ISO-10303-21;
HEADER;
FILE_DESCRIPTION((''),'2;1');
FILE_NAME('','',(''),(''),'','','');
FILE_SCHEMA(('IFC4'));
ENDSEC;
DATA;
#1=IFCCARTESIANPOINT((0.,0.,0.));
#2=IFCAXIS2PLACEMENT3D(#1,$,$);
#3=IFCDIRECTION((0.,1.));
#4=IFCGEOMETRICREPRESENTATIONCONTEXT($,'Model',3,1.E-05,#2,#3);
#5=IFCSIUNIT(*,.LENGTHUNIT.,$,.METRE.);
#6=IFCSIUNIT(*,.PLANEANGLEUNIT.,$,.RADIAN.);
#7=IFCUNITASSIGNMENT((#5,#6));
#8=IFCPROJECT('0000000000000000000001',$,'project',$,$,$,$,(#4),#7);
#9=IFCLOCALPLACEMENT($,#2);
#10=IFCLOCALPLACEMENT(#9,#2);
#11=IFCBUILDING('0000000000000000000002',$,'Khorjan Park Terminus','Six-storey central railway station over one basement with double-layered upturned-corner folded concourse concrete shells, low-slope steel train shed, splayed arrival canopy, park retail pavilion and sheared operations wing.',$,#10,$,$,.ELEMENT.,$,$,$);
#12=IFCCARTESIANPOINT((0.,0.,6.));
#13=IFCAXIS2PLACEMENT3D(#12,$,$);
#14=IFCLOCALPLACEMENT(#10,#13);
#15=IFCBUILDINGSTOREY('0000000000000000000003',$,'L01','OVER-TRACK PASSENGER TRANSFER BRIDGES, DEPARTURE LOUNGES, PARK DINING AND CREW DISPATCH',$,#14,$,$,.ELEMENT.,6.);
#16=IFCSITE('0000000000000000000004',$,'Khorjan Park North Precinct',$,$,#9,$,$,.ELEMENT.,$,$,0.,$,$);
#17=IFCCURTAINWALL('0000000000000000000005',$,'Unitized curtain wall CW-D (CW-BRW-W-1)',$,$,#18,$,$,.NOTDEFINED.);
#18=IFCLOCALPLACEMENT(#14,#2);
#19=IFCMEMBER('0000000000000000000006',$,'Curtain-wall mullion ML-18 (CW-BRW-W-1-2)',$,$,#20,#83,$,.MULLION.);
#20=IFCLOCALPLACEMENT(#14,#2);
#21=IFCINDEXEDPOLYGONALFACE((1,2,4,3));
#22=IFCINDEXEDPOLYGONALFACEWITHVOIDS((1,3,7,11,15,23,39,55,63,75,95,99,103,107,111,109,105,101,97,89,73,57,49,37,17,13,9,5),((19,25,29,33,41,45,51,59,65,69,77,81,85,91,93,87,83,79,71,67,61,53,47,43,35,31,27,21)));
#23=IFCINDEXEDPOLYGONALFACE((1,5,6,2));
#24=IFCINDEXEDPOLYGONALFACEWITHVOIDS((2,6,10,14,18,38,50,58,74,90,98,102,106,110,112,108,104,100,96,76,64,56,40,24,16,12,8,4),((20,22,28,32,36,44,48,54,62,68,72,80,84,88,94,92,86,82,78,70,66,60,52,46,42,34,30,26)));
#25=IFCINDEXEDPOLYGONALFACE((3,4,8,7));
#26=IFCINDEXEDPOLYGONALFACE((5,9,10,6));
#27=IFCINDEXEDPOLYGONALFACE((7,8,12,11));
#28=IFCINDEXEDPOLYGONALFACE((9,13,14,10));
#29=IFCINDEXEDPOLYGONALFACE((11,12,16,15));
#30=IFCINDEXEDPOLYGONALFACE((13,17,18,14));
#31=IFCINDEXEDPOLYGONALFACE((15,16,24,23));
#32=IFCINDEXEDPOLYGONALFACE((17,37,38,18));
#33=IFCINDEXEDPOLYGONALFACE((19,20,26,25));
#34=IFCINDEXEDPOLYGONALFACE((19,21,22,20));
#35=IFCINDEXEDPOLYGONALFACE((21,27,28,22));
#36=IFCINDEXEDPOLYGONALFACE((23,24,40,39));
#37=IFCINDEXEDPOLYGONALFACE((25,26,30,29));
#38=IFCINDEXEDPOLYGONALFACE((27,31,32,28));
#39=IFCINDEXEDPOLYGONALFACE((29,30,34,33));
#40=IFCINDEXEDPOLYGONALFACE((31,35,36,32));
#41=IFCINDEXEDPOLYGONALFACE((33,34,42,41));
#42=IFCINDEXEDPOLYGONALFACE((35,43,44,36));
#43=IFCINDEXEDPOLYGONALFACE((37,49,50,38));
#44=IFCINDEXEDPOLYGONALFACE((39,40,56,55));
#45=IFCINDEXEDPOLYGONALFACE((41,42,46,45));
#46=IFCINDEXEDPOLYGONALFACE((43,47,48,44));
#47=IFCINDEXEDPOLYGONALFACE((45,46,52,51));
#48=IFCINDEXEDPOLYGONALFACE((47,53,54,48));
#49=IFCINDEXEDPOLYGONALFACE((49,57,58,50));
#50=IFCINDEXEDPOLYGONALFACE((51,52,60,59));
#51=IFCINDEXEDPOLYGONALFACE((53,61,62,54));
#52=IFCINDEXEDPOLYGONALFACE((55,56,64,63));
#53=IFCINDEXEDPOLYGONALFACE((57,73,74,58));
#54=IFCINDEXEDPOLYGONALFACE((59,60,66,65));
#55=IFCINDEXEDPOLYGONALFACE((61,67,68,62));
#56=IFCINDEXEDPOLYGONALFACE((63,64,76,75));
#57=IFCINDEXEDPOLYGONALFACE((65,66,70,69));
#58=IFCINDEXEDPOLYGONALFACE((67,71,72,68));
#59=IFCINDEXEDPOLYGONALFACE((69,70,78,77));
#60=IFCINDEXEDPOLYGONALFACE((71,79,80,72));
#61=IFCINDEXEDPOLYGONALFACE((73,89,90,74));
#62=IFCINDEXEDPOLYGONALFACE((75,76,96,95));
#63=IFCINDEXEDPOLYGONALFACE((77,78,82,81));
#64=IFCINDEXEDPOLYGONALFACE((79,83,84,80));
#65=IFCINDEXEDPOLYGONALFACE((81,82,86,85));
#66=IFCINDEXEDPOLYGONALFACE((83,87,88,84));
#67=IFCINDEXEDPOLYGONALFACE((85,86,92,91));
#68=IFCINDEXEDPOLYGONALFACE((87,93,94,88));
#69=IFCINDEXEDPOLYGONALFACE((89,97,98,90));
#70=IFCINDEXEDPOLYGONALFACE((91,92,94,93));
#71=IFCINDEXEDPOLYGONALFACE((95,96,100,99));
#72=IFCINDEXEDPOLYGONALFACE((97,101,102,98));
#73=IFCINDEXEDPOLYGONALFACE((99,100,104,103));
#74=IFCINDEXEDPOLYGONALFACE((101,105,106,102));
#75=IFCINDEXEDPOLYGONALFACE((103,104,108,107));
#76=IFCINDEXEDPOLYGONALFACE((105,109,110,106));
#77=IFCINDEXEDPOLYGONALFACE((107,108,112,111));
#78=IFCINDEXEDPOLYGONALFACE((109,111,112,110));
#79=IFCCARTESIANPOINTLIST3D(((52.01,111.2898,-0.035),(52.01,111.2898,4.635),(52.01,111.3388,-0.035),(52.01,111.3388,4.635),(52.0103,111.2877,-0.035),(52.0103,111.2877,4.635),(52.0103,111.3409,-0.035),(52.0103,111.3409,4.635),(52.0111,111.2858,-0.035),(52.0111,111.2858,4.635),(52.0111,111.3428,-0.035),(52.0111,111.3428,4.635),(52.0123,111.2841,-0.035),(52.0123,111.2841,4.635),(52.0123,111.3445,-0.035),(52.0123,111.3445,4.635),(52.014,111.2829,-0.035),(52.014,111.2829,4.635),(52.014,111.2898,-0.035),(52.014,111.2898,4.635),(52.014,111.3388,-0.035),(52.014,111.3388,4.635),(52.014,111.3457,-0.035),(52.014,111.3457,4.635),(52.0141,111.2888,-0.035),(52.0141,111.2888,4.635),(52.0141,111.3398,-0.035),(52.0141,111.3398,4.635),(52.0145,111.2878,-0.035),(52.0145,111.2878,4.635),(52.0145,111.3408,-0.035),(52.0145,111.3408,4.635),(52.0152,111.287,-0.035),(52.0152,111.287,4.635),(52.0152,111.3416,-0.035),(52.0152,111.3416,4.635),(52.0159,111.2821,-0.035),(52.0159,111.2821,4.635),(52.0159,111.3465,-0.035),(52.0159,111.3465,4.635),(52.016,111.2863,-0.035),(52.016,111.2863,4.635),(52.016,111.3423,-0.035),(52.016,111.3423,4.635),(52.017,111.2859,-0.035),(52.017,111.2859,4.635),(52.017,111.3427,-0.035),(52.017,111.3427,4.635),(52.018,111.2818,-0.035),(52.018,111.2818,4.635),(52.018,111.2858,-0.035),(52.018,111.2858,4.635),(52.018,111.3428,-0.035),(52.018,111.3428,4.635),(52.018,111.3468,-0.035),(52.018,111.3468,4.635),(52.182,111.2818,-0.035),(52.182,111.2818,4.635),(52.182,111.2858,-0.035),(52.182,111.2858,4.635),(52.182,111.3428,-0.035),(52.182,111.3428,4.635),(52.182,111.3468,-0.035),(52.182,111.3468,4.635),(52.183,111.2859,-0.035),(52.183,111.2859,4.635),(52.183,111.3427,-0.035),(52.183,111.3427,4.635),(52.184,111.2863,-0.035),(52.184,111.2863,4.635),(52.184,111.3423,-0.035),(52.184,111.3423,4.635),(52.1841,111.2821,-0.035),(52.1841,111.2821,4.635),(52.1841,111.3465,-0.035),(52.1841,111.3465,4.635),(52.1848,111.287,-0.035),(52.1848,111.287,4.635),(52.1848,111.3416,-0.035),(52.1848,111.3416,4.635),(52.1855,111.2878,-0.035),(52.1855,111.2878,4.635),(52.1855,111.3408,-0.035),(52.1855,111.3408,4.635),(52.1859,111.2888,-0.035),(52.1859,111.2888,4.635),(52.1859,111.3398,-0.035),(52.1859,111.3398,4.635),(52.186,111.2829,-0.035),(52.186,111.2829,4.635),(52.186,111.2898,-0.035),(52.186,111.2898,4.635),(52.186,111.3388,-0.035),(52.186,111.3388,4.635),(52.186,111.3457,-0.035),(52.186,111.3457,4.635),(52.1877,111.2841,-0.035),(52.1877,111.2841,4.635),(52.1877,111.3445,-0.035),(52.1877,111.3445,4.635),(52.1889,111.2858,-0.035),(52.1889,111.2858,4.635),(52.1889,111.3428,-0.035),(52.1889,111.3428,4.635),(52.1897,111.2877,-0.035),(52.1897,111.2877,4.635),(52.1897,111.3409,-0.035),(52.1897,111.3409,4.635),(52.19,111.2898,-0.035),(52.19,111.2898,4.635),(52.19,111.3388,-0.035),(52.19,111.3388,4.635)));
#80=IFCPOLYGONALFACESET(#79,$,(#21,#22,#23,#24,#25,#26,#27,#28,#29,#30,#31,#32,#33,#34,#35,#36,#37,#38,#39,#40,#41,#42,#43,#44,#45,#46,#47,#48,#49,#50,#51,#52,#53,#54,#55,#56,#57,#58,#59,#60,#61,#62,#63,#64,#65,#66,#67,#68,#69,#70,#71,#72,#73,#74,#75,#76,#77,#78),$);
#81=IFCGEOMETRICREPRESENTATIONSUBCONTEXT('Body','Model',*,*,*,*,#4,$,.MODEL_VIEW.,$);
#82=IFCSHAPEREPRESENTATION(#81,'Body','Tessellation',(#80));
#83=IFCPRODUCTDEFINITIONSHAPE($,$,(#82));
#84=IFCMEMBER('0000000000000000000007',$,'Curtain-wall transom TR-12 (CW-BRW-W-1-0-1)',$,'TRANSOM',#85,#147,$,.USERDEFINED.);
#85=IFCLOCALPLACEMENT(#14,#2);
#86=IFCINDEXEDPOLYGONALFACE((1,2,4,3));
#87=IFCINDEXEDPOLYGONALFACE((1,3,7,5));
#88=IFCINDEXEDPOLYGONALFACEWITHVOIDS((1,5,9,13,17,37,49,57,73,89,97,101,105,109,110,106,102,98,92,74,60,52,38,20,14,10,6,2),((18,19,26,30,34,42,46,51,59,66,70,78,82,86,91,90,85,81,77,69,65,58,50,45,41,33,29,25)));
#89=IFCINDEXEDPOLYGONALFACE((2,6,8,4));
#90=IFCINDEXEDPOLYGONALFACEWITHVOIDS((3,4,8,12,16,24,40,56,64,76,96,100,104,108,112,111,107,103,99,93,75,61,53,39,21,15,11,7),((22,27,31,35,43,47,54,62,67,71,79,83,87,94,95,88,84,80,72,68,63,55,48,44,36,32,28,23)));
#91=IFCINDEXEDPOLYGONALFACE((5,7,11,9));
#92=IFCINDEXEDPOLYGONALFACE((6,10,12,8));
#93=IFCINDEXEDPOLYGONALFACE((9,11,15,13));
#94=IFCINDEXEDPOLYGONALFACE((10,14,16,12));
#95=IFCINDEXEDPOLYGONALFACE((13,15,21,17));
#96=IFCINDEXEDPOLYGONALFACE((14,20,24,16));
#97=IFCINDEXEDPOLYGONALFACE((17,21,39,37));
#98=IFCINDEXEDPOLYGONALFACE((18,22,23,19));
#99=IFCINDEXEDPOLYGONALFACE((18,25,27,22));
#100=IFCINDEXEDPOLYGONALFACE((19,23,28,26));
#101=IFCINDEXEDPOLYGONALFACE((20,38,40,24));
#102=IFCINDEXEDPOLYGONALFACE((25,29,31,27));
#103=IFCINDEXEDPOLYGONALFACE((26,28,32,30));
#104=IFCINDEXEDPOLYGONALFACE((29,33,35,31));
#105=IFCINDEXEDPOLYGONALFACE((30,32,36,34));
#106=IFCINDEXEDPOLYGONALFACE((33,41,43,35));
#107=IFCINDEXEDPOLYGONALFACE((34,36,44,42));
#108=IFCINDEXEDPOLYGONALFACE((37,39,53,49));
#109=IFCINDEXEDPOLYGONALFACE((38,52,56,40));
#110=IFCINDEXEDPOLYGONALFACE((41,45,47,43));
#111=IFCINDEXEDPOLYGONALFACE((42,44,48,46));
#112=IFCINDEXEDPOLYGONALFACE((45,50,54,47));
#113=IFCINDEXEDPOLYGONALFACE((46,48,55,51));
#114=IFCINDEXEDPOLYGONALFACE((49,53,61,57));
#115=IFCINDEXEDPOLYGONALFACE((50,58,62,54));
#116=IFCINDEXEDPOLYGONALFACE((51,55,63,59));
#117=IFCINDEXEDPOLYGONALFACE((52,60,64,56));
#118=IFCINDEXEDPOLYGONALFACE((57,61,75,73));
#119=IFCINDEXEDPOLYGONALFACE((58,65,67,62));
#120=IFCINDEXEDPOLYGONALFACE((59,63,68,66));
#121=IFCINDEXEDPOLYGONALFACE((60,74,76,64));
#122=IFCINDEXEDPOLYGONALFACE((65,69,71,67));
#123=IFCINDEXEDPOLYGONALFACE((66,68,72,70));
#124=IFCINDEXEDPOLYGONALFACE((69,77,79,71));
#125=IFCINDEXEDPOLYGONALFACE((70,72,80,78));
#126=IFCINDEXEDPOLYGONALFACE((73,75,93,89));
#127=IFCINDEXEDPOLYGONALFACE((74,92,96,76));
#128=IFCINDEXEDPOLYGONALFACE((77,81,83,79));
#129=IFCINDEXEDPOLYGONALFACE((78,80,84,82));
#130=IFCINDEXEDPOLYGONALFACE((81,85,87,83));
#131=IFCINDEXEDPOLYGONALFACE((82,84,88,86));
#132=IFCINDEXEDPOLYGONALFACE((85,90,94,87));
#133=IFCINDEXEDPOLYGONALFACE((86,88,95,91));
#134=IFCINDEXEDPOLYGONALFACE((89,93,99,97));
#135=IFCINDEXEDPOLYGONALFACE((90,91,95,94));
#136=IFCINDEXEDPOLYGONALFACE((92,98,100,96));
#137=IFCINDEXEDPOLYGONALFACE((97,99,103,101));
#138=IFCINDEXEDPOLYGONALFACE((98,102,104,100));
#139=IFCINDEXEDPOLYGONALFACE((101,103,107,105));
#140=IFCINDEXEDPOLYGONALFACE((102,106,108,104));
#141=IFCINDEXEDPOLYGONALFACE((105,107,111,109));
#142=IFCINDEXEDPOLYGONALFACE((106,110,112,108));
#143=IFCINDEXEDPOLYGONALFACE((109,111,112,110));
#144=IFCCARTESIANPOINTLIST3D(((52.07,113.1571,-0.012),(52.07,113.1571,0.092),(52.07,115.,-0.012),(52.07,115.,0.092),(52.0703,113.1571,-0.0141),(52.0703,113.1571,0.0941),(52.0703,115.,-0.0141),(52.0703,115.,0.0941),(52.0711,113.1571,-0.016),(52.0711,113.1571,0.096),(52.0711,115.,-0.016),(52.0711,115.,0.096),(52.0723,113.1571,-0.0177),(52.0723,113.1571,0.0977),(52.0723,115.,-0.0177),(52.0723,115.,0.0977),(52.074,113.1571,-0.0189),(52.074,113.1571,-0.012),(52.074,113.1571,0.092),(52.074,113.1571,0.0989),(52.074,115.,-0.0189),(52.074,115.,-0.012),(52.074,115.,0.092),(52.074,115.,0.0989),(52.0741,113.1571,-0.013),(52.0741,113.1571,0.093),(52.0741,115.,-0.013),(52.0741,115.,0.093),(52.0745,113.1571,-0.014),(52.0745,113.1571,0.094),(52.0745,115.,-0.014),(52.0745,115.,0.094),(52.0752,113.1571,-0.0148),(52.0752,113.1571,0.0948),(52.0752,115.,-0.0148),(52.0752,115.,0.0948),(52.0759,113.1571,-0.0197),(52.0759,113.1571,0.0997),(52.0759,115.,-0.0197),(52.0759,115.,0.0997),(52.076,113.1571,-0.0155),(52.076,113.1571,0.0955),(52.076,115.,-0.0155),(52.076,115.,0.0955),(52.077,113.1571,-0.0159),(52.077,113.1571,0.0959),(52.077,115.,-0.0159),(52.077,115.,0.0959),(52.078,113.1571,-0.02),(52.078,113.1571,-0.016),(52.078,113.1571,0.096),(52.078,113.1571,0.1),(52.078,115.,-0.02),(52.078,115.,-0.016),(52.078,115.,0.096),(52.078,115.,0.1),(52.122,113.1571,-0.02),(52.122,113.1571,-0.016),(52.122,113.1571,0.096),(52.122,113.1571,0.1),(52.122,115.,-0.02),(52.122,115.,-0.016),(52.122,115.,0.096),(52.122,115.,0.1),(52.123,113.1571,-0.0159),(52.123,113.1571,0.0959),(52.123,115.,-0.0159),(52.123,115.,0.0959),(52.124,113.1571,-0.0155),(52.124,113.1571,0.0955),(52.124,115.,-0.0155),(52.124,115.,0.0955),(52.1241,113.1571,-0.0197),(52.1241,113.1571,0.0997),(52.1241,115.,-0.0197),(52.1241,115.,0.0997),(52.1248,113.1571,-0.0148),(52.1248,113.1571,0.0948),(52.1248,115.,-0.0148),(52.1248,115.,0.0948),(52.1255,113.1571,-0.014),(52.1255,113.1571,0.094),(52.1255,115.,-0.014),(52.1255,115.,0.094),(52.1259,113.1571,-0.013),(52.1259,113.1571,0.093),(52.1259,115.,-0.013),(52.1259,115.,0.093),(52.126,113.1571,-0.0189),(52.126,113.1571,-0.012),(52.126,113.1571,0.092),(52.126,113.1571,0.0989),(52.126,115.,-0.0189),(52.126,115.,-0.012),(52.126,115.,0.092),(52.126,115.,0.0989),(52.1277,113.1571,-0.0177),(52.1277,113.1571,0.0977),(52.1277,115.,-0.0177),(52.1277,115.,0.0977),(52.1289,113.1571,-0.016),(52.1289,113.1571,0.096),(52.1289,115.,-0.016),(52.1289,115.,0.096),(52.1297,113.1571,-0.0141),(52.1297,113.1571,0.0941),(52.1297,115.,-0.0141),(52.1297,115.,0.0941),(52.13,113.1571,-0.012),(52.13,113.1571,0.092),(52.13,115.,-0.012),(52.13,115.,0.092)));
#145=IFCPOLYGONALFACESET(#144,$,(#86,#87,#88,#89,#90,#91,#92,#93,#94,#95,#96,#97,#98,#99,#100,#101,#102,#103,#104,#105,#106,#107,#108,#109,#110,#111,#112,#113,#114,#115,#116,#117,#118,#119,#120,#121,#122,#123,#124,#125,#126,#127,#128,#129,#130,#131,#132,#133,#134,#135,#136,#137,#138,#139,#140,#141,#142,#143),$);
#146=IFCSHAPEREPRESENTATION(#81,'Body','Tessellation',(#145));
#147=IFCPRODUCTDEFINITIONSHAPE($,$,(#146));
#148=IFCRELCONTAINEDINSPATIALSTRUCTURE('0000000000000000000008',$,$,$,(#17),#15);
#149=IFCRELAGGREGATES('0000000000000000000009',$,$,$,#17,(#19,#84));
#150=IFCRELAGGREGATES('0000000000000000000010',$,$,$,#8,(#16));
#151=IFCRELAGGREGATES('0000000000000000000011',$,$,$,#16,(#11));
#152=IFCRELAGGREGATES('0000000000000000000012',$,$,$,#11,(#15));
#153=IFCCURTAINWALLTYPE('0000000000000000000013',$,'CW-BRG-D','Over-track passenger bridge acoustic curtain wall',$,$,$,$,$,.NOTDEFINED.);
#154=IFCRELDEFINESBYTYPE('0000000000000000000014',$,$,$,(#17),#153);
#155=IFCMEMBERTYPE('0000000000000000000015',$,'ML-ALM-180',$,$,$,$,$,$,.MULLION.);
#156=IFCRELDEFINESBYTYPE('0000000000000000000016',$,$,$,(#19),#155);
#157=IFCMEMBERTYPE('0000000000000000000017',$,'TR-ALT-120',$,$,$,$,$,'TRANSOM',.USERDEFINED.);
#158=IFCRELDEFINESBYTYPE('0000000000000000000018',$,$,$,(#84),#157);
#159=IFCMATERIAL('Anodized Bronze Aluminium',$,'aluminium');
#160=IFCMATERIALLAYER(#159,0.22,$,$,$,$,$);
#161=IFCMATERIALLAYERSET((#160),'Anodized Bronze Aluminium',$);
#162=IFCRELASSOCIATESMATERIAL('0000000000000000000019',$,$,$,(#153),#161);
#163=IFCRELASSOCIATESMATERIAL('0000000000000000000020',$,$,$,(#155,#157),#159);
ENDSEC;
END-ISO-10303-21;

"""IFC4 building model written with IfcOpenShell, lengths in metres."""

from ifc_helpers import new_model, si_unit, direction, frame, origin, origin_2d, place, context, subcontext, project, spatial, hollow_rectangle, extrude, material, layer, layer_set, material_profile, profile_set, type_object, element, aggregate, save


model = new_model("IFC4")

# Units and contexts
model_context = context("Model", 3, precision=1e-05, world=origin(), true_north=direction((0.0, 1.0)))
body_context = subcontext(model_context, "Body", "Model", "MODEL_VIEW")
ifc_project = project(units=[si_unit("LENGTHUNIT", "METRE"), si_unit("PLANEANGLEUNIT", "RADIAN")], contexts=[model_context])

# Site, building, storey
site_placement = place(None, origin())
site = spatial("IfcSite", under=ifc_project, at=site_placement, Name="Khorjan Park North Precinct", CompositionType="ELEMENT", RefElevation=0.0)
building_placement = place(site_placement, origin())
building = spatial("IfcBuilding", under=site, at=building_placement, Name="Khorjan Park Terminus", Description="Six-storey central railway station over one basement with double-layered upturned-corner folded concourse concrete shells, low-slope steel train shed, splayed arrival canopy, park retail pavilion and sheared operations wing.", CompositionType="ELEMENT")
storey_placement = place(building_placement, frame((0.0, 0.0, 6.0)))
storey = spatial("IfcBuildingStorey", under=building, at=storey_placement, Name="L01", Description="OVER-TRACK PASSENGER TRANSFER BRIDGES, DEPARTURE LOUNGES, PARK DINING AND CREW DISPATCH", CompositionType="ELEMENT", Elevation=6.0)

# Curtain wall, members
ifc_material_1 = material(Name="Anodized Bronze Aluminium", Category="aluminium")
ifc_layer_1 = layer(ifc_material_1, 0.22)
ifc_layer_set_1 = layer_set([ifc_layer_1], Name="Anodized Bronze Aluminium")
curtain_wall_type = type_object("IfcCurtainWallType", Name="CW-BRG-D", Description="Over-track passenger bridge acoustic curtain wall", PredefinedType="NOTDEFINED", material=ifc_layer_set_1)
curtain_wall_1_placement = place(storey_placement, origin())
curtain_wall_1 = element("IfcCurtainWall", 1, at=curtain_wall_1_placement, inside=storey, type_object=curtain_wall_type, Name="Unitized curtain wall CW-D (CW-BRW-W-1)", PredefinedType="NOTDEFINED")
ifc_material_profile_1 = material_profile(ifc_material_1, hollow_rectangle(XDim=0.065, YDim=0.18, WallThickness=0.004, InnerFilletRadius=0.004, OuterFilletRadius=0.008, at=origin_2d()), Name="ALM 65x180x4")
ifc_profile_set_1 = profile_set([ifc_material_profile_1], Name="Anodized Bronze Aluminium")
member_type_1 = type_object("IfcMemberType", Name="ML-ALM-180", PredefinedType="MULLION", material=ifc_profile_set_1)
member_1_placement = place(storey_placement, frame((52.1, 111.3143, -0.035), z_axis=(0.0, 0.0, 1.0), x_axis=(0.0, -1.0, 0.0)))
member_1 = element("IfcMember", 2, at=member_1_placement, type_object=member_type_1, Name="Curtain-wall mullion ML-18 (CW-BRW-W-1-2)", PredefinedType="MULLION", context=body_context, shape_type="SweptSolid", body=[
    extrude(hollow_rectangle(XDim=0.065, YDim=0.18, WallThickness=0.004, InnerFilletRadius=0.004, OuterFilletRadius=0.008, at=origin_2d()), origin(), (0.0, 0.0, 1.0), 4.67),
])
ifc_material_profile_2 = material_profile(ifc_material_1, hollow_rectangle(XDim=0.06, YDim=0.12, WallThickness=0.004, InnerFilletRadius=0.004, OuterFilletRadius=0.008, at=origin_2d()), Name="ALT 60x120x4")
ifc_profile_set_2 = profile_set([ifc_material_profile_2], Name="Anodized Bronze Aluminium")
member_type_2 = type_object("IfcMemberType", Name="TR-ALT-120", ElementType="TRANSOM", PredefinedType="USERDEFINED", material=ifc_profile_set_2)
member_2_placement = place(storey_placement, frame((52.1, 115.0, 0.04), z_axis=(0.0, -1.0, 0.0), x_axis=(1.0, 0.0, 0.0)))
member_2 = element("IfcMember", 3, at=member_2_placement, type_object=member_type_2, Name="Curtain-wall transom TR-12 (CW-BRW-W-1-0-1)", ObjectType="TRANSOM", PredefinedType="USERDEFINED", context=body_context, shape_type="SweptSolid", body=[
    extrude(hollow_rectangle(XDim=0.06, YDim=0.12, WallThickness=0.004, InnerFilletRadius=0.004, OuterFilletRadius=0.008, at=origin_2d()), origin(), (0.0, 0.0, 1.0), 1.8429),
])

aggregate(curtain_wall_1, [member_1, member_2])

save(model, "model.ifc")
